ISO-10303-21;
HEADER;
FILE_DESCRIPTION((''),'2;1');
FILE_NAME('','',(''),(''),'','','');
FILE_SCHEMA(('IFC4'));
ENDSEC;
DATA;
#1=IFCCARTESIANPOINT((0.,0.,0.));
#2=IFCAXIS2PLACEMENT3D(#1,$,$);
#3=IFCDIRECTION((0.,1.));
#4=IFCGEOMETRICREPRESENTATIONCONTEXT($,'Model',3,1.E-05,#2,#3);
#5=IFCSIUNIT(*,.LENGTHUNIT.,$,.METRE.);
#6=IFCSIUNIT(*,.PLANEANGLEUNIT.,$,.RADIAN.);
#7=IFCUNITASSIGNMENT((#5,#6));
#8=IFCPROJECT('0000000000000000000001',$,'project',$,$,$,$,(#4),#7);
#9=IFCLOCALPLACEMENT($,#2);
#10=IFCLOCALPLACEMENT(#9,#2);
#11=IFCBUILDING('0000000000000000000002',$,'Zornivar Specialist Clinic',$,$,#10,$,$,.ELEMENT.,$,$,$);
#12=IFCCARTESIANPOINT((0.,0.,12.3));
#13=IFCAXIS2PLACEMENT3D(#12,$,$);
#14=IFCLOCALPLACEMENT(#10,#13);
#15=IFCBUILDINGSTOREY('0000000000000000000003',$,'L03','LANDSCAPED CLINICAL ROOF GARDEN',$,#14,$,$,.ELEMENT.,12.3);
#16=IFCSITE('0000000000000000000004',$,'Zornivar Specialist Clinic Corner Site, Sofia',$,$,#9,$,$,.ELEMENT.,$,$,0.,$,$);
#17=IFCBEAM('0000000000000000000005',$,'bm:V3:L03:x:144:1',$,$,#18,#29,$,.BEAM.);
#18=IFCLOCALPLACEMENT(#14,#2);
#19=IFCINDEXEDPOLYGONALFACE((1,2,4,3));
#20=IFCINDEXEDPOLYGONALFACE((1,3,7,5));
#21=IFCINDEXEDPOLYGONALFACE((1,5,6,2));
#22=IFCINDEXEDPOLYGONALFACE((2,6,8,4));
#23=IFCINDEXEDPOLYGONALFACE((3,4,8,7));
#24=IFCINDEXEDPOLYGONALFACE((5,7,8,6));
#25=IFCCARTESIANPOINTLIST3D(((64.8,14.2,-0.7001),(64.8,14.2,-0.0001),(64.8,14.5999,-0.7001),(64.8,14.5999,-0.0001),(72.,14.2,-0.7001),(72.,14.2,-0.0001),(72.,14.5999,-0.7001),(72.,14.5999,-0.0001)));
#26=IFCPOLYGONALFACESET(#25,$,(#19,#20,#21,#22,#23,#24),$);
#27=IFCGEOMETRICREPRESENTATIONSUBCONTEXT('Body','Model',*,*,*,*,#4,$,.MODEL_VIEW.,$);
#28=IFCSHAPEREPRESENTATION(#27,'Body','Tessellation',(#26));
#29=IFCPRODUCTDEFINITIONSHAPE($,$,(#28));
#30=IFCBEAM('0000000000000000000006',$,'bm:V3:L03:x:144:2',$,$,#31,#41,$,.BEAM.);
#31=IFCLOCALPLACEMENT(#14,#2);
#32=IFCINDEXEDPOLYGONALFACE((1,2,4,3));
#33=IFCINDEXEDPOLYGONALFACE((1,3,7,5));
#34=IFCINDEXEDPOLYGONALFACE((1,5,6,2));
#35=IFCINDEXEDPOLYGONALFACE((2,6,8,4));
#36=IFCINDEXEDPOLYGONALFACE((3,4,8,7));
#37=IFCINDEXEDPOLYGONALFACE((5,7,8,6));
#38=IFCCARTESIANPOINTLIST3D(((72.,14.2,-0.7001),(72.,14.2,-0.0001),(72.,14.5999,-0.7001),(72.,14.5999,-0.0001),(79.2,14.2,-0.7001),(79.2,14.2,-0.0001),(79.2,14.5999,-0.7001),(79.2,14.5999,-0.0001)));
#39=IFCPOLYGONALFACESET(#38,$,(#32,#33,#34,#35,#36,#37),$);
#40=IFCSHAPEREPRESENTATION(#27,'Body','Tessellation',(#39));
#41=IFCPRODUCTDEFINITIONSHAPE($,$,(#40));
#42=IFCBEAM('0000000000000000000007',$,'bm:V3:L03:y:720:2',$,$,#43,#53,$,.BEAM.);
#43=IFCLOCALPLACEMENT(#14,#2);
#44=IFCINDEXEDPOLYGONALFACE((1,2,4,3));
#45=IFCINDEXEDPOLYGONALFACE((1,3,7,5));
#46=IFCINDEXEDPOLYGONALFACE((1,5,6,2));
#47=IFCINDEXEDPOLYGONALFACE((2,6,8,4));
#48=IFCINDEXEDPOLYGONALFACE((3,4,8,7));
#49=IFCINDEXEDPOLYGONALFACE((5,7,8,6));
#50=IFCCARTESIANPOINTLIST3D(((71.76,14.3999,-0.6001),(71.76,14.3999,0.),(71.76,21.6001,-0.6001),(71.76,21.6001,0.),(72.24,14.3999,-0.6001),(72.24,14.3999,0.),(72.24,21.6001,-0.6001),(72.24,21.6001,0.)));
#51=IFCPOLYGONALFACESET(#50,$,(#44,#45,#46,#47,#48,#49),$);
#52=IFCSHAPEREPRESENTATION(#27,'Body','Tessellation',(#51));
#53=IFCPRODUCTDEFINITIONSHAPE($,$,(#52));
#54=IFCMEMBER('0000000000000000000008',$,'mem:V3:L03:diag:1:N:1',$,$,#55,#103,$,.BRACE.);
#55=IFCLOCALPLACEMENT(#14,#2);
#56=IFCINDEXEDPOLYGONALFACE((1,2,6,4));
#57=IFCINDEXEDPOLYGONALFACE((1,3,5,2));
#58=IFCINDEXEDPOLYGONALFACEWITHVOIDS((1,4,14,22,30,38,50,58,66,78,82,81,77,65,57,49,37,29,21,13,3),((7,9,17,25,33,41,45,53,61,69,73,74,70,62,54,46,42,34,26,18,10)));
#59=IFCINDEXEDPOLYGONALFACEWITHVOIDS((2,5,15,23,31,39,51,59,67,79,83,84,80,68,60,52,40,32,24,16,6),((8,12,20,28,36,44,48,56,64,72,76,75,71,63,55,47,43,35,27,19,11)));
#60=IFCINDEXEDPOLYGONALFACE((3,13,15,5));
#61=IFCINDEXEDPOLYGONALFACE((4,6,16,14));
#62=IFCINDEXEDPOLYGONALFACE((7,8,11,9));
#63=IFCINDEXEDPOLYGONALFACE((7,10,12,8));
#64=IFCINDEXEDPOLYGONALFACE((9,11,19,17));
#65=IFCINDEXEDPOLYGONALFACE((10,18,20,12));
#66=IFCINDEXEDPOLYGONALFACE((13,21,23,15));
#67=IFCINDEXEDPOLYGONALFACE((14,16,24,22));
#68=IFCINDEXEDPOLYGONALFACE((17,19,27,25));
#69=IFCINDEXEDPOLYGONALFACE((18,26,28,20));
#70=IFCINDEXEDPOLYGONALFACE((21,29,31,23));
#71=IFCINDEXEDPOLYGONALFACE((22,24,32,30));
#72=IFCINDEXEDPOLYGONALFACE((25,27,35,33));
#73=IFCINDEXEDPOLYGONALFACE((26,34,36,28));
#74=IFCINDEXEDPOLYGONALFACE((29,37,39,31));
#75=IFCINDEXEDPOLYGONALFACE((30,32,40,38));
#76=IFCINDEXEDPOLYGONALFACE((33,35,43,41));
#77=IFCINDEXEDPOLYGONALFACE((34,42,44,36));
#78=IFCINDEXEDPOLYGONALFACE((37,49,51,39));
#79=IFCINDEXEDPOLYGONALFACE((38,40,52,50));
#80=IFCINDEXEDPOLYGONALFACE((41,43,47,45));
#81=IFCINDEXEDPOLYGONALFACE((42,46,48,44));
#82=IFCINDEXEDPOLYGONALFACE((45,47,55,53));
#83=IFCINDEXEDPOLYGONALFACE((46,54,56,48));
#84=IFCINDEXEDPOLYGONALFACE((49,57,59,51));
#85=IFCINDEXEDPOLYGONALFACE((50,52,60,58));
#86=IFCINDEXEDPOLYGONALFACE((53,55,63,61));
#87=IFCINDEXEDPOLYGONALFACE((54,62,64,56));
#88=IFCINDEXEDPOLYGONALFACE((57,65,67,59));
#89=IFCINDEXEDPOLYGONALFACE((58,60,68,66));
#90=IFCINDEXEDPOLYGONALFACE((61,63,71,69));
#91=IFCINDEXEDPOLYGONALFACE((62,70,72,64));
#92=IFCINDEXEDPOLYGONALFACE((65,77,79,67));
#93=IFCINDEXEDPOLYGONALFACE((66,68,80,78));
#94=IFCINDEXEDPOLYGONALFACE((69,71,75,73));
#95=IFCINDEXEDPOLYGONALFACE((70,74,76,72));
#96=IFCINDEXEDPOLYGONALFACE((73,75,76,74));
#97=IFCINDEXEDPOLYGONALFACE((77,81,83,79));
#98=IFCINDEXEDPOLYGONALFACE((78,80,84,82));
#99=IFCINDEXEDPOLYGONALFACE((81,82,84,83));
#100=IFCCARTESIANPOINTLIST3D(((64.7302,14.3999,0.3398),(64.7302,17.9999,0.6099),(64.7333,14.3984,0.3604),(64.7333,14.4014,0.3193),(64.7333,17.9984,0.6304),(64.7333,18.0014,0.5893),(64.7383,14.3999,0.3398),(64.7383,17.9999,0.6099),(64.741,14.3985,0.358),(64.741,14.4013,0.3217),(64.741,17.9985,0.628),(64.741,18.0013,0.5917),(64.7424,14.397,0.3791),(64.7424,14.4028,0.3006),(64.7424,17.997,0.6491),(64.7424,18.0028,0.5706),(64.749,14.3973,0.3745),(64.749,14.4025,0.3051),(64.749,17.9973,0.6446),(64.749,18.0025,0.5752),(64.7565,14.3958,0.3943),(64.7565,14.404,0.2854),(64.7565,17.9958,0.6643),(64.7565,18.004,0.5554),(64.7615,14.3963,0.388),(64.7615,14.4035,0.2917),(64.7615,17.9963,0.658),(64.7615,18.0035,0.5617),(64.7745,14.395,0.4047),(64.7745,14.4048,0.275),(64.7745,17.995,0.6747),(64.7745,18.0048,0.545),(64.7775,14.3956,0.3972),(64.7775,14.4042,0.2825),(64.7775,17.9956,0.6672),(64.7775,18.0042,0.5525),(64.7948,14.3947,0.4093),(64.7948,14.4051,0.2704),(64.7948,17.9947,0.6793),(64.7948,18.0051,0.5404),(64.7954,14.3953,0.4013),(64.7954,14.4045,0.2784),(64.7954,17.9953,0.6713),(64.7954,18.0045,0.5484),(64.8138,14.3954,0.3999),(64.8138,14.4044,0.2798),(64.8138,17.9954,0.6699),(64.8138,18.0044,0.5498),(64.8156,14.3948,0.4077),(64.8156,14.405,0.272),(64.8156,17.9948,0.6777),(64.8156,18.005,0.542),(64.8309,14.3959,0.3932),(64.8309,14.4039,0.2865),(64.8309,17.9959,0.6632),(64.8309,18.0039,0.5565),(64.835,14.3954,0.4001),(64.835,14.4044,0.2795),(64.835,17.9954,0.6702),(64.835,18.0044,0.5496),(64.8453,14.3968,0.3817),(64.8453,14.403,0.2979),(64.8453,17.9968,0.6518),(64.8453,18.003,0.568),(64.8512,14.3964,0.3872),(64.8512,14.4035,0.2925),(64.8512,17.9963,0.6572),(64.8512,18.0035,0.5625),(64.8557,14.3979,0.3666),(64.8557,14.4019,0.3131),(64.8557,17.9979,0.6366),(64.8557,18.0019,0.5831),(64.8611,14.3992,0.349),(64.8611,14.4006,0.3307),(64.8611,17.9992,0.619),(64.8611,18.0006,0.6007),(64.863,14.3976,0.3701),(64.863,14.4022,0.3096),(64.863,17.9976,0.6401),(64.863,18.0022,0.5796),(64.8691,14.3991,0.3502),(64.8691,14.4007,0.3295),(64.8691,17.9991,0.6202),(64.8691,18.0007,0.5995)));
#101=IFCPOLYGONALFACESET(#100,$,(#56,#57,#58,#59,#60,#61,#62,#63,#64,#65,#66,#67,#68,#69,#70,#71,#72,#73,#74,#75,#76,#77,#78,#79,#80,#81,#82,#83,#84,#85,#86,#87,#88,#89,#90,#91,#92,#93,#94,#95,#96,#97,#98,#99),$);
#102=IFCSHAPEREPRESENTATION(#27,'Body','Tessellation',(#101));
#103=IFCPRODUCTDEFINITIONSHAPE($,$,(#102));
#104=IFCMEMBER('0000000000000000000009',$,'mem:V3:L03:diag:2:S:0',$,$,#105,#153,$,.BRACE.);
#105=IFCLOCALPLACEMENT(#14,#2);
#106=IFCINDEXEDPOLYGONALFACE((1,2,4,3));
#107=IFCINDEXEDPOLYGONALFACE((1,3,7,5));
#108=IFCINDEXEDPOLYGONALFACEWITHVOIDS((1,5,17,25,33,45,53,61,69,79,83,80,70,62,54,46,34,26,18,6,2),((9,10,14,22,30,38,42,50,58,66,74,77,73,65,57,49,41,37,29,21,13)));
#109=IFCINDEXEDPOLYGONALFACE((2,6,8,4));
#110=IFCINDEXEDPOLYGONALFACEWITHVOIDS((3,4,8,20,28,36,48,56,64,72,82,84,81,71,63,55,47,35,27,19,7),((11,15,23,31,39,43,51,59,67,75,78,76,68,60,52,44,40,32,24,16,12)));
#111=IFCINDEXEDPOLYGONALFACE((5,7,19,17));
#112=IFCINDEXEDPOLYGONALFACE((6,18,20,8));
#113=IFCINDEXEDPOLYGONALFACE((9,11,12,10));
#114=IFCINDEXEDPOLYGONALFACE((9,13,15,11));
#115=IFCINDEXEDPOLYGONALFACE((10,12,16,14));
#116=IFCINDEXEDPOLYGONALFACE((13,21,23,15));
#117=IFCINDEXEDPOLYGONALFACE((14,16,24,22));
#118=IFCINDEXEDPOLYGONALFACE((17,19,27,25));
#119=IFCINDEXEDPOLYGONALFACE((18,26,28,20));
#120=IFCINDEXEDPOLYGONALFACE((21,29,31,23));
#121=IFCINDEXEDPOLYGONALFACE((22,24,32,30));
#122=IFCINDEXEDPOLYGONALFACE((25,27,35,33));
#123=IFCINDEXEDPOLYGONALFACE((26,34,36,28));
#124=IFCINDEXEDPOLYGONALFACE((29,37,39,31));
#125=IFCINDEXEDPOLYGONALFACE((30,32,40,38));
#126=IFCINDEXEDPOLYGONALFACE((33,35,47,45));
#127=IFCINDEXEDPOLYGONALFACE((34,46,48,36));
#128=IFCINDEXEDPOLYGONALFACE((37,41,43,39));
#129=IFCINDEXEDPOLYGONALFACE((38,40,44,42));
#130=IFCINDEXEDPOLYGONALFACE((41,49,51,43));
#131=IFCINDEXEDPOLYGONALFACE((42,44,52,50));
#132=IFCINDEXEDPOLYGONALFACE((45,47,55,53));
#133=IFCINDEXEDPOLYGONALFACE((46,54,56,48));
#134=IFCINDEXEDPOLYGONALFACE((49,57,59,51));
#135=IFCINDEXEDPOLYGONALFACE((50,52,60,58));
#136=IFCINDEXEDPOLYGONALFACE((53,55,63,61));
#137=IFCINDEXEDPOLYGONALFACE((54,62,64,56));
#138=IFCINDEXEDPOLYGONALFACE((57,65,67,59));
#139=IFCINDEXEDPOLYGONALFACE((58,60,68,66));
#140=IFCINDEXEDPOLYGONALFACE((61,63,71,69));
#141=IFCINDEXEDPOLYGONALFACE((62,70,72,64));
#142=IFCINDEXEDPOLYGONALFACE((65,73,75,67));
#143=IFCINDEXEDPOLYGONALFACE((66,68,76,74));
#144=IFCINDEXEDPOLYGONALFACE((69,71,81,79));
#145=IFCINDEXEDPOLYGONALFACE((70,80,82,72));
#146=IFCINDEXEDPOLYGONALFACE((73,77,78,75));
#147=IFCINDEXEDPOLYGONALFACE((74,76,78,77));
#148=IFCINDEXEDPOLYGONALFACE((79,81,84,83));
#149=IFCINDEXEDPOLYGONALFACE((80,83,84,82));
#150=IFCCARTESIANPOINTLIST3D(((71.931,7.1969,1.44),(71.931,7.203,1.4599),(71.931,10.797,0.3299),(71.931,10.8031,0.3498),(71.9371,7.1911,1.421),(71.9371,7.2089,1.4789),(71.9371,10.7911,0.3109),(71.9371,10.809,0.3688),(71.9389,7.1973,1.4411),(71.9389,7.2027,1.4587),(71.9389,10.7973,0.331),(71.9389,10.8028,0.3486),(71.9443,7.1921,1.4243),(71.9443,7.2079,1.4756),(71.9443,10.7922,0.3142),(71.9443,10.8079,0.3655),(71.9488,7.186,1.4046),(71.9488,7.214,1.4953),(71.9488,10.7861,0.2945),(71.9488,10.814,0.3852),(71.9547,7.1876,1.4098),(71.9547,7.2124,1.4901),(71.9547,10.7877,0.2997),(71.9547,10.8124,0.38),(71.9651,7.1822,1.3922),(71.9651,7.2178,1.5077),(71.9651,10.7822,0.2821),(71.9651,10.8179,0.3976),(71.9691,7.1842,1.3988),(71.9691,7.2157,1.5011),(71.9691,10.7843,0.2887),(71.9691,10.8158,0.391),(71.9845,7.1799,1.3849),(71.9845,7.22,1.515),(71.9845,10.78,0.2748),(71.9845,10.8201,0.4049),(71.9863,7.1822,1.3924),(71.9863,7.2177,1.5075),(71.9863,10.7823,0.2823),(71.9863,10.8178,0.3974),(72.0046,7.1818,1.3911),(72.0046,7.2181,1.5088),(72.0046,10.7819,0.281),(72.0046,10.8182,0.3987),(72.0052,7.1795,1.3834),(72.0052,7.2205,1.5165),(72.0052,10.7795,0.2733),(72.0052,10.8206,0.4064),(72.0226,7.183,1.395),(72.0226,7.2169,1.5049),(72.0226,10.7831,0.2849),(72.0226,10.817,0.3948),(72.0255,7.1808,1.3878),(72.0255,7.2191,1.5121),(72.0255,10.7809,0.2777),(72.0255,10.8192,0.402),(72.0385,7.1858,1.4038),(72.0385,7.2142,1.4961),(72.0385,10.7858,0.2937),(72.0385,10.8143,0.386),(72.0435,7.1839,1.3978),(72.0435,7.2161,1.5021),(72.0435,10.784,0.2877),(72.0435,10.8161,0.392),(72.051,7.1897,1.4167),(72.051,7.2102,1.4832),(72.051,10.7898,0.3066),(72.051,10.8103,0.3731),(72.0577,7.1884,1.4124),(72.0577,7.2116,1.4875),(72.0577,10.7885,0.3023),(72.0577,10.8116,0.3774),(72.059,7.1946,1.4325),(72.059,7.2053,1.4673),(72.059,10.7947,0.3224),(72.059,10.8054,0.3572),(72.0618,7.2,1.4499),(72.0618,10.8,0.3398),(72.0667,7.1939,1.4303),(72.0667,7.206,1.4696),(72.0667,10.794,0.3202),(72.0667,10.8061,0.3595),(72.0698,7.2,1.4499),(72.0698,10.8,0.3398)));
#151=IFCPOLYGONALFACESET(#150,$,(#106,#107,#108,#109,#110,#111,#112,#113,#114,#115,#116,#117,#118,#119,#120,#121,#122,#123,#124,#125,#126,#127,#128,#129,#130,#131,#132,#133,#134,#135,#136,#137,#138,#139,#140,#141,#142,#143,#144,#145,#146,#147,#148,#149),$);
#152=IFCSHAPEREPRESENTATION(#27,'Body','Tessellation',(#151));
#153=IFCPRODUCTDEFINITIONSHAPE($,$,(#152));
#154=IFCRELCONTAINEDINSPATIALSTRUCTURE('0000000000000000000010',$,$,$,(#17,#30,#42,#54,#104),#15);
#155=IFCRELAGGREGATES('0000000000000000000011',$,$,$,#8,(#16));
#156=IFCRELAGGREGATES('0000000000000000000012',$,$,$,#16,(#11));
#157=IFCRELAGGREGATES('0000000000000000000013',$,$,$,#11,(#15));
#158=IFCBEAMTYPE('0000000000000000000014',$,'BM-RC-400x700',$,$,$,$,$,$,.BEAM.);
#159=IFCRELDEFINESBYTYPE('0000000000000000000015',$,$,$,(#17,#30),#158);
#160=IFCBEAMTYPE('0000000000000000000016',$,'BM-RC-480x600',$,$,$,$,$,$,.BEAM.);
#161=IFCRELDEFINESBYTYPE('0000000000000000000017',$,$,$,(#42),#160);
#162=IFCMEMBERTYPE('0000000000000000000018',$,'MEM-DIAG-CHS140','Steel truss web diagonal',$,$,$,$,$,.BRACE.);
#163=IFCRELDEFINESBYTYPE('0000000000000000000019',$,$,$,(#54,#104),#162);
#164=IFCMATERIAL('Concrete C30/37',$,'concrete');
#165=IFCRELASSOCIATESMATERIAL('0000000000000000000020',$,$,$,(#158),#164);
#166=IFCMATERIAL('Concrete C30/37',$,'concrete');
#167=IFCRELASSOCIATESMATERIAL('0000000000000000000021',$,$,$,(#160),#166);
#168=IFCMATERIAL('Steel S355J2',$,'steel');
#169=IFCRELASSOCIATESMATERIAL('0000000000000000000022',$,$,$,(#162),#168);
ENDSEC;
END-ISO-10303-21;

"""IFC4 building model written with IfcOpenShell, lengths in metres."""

from ifc_helpers import new_model, si_unit, direction, frame, origin, origin_2d, place, context, subcontext, project, spatial, rectangle, hollow_circle, extrude, material, material_profile, profile_set, type_object, element, save


model = new_model("IFC4")

# Units and contexts
model_context = context("Model", 3, precision=1e-05, world=origin(), true_north=direction((0.0, 1.0)))
body_context = subcontext(model_context, "Body", "Model", "MODEL_VIEW")
ifc_project = project(units=[si_unit("LENGTHUNIT", "METRE"), si_unit("PLANEANGLEUNIT", "RADIAN")], contexts=[model_context])

# Site, building, storey
site_placement = place(None, origin())
site = spatial("IfcSite", under=ifc_project, at=site_placement, Name="Zornivar Specialist Clinic Corner Site, Sofia", CompositionType="ELEMENT", RefElevation=0.0)
building_placement = place(site_placement, origin())
building = spatial("IfcBuilding", under=site, at=building_placement, Name="Zornivar Specialist Clinic", CompositionType="ELEMENT")
storey_placement = place(building_placement, frame((0.0, 0.0, 12.3)))
storey = spatial("IfcBuildingStorey", under=building, at=storey_placement, Name="L03", Description="LANDSCAPED CLINICAL ROOF GARDEN", CompositionType="ELEMENT", Elevation=12.3)

# Beams
ifc_material_1 = material(Name="Concrete C30/37", Category="concrete")
ifc_material_profile_1 = material_profile(ifc_material_1, rectangle(XDim=0.3999, YDim=0.7, at=origin_2d()), Name="RC 400x700")
ifc_profile_set_1 = profile_set([ifc_material_profile_1], Name="Concrete C30/37")
beam_type_1 = type_object("IfcBeamType", Name="BM-RC-400x700", PredefinedType="BEAM", material=ifc_profile_set_1)
for number, where, z_axis, x_axis, name in (
    (1, (64.8, 14.3999, -0.3501), (1.0, 0.0, 0.0), (0.0, 1.0, 0.0), "bm:V3:L03:x:144:1"),
    (2, (72.0, 14.3999, -0.3501), (1.0, 0.0, 0.0), (0.0, 1.0, 0.0), "bm:V3:L03:x:144:2"),
):
    element("IfcBeam", number, at=place(storey_placement, frame(where, z_axis=z_axis, x_axis=x_axis)), inside=storey, type_object=beam_type_1, Name=name, PredefinedType="BEAM", context=body_context, shape_type="SweptSolid", body=[
        extrude(rectangle(XDim=0.3999, YDim=0.7, at=origin_2d()), origin(), (0.0, 0.0, 1.0), 7.2),
    ])
ifc_material_2 = material(Name="Concrete C30/37", Category="concrete")
ifc_material_profile_2 = material_profile(ifc_material_2, rectangle(XDim=0.48, YDim=0.6001, at=origin_2d()), Name="RC 480x600")
ifc_profile_set_2 = profile_set([ifc_material_profile_2], Name="Concrete C30/37")
beam_type_2 = type_object("IfcBeamType", Name="BM-RC-480x600", PredefinedType="BEAM", material=ifc_profile_set_2)
beam_placement = place(storey_placement, frame((72.0, 14.3999, -0.3), z_axis=(0.0, 1.0, 0.0), x_axis=(-1.0, 0.0, 0.0)))
element("IfcBeam", 3, at=beam_placement, inside=storey, type_object=beam_type_2, Name="bm:V3:L03:y:720:2", PredefinedType="BEAM", context=body_context, shape_type="SweptSolid", body=[
    extrude(rectangle(XDim=0.48, YDim=0.6001, at=origin_2d()), origin(), (0.0, 0.0, 1.0), 7.2002),
])

# Members
ifc_material_3 = material(Name="Steel S355J2", Category="steel")
ifc_material_profile_3 = material_profile(ifc_material_3, hollow_circle(Radius=0.0698, WallThickness=0.0081, at=origin_2d()), Name="CHS 139.7x8")
ifc_profile_set_3 = profile_set([ifc_material_profile_3], Name="Steel S355J2")
member_type_1 = type_object("IfcMemberType", Name="MEM-DIAG-CHS140", Description="Steel truss web diagonal", PredefinedType="BRACE", material=ifc_profile_set_3)
member_1_placement = place(storey_placement, frame((64.8, 14.3999, 0.3398), z_axis=(0.0, 0.997199, 0.074793), x_axis=(-1.0, 0.0, 0.0)))
element("IfcMember", 4, at=member_1_placement, inside=storey, type_object=member_type_1, Name="mem:V3:L03:diag:1:N:1", PredefinedType="BRACE", context=body_context, shape_type="SweptSolid", body=[
    extrude(hollow_circle(Radius=0.0698, WallThickness=0.0081, at=origin_2d()), origin(), (0.0, 0.0, 1.0), 3.6101),
])
member_2_placement = place(storey_placement, frame((72.0, 10.8, 0.3398), z_axis=(0.0, -0.955601, 0.294664), x_axis=(1.0, 0.0, 0.0)))
element("IfcMember", 5, at=member_2_placement, inside=storey, type_object=member_type_1, Name="mem:V3:L03:diag:2:S:0", PredefinedType="BRACE", context=body_context, shape_type="SweptSolid", body=[
    extrude(hollow_circle(Radius=0.0698, WallThickness=0.0081, at=origin_2d()), origin(), (0.0, 0.0, 1.0), 3.7673),
])

save(model, "model.ifc")
